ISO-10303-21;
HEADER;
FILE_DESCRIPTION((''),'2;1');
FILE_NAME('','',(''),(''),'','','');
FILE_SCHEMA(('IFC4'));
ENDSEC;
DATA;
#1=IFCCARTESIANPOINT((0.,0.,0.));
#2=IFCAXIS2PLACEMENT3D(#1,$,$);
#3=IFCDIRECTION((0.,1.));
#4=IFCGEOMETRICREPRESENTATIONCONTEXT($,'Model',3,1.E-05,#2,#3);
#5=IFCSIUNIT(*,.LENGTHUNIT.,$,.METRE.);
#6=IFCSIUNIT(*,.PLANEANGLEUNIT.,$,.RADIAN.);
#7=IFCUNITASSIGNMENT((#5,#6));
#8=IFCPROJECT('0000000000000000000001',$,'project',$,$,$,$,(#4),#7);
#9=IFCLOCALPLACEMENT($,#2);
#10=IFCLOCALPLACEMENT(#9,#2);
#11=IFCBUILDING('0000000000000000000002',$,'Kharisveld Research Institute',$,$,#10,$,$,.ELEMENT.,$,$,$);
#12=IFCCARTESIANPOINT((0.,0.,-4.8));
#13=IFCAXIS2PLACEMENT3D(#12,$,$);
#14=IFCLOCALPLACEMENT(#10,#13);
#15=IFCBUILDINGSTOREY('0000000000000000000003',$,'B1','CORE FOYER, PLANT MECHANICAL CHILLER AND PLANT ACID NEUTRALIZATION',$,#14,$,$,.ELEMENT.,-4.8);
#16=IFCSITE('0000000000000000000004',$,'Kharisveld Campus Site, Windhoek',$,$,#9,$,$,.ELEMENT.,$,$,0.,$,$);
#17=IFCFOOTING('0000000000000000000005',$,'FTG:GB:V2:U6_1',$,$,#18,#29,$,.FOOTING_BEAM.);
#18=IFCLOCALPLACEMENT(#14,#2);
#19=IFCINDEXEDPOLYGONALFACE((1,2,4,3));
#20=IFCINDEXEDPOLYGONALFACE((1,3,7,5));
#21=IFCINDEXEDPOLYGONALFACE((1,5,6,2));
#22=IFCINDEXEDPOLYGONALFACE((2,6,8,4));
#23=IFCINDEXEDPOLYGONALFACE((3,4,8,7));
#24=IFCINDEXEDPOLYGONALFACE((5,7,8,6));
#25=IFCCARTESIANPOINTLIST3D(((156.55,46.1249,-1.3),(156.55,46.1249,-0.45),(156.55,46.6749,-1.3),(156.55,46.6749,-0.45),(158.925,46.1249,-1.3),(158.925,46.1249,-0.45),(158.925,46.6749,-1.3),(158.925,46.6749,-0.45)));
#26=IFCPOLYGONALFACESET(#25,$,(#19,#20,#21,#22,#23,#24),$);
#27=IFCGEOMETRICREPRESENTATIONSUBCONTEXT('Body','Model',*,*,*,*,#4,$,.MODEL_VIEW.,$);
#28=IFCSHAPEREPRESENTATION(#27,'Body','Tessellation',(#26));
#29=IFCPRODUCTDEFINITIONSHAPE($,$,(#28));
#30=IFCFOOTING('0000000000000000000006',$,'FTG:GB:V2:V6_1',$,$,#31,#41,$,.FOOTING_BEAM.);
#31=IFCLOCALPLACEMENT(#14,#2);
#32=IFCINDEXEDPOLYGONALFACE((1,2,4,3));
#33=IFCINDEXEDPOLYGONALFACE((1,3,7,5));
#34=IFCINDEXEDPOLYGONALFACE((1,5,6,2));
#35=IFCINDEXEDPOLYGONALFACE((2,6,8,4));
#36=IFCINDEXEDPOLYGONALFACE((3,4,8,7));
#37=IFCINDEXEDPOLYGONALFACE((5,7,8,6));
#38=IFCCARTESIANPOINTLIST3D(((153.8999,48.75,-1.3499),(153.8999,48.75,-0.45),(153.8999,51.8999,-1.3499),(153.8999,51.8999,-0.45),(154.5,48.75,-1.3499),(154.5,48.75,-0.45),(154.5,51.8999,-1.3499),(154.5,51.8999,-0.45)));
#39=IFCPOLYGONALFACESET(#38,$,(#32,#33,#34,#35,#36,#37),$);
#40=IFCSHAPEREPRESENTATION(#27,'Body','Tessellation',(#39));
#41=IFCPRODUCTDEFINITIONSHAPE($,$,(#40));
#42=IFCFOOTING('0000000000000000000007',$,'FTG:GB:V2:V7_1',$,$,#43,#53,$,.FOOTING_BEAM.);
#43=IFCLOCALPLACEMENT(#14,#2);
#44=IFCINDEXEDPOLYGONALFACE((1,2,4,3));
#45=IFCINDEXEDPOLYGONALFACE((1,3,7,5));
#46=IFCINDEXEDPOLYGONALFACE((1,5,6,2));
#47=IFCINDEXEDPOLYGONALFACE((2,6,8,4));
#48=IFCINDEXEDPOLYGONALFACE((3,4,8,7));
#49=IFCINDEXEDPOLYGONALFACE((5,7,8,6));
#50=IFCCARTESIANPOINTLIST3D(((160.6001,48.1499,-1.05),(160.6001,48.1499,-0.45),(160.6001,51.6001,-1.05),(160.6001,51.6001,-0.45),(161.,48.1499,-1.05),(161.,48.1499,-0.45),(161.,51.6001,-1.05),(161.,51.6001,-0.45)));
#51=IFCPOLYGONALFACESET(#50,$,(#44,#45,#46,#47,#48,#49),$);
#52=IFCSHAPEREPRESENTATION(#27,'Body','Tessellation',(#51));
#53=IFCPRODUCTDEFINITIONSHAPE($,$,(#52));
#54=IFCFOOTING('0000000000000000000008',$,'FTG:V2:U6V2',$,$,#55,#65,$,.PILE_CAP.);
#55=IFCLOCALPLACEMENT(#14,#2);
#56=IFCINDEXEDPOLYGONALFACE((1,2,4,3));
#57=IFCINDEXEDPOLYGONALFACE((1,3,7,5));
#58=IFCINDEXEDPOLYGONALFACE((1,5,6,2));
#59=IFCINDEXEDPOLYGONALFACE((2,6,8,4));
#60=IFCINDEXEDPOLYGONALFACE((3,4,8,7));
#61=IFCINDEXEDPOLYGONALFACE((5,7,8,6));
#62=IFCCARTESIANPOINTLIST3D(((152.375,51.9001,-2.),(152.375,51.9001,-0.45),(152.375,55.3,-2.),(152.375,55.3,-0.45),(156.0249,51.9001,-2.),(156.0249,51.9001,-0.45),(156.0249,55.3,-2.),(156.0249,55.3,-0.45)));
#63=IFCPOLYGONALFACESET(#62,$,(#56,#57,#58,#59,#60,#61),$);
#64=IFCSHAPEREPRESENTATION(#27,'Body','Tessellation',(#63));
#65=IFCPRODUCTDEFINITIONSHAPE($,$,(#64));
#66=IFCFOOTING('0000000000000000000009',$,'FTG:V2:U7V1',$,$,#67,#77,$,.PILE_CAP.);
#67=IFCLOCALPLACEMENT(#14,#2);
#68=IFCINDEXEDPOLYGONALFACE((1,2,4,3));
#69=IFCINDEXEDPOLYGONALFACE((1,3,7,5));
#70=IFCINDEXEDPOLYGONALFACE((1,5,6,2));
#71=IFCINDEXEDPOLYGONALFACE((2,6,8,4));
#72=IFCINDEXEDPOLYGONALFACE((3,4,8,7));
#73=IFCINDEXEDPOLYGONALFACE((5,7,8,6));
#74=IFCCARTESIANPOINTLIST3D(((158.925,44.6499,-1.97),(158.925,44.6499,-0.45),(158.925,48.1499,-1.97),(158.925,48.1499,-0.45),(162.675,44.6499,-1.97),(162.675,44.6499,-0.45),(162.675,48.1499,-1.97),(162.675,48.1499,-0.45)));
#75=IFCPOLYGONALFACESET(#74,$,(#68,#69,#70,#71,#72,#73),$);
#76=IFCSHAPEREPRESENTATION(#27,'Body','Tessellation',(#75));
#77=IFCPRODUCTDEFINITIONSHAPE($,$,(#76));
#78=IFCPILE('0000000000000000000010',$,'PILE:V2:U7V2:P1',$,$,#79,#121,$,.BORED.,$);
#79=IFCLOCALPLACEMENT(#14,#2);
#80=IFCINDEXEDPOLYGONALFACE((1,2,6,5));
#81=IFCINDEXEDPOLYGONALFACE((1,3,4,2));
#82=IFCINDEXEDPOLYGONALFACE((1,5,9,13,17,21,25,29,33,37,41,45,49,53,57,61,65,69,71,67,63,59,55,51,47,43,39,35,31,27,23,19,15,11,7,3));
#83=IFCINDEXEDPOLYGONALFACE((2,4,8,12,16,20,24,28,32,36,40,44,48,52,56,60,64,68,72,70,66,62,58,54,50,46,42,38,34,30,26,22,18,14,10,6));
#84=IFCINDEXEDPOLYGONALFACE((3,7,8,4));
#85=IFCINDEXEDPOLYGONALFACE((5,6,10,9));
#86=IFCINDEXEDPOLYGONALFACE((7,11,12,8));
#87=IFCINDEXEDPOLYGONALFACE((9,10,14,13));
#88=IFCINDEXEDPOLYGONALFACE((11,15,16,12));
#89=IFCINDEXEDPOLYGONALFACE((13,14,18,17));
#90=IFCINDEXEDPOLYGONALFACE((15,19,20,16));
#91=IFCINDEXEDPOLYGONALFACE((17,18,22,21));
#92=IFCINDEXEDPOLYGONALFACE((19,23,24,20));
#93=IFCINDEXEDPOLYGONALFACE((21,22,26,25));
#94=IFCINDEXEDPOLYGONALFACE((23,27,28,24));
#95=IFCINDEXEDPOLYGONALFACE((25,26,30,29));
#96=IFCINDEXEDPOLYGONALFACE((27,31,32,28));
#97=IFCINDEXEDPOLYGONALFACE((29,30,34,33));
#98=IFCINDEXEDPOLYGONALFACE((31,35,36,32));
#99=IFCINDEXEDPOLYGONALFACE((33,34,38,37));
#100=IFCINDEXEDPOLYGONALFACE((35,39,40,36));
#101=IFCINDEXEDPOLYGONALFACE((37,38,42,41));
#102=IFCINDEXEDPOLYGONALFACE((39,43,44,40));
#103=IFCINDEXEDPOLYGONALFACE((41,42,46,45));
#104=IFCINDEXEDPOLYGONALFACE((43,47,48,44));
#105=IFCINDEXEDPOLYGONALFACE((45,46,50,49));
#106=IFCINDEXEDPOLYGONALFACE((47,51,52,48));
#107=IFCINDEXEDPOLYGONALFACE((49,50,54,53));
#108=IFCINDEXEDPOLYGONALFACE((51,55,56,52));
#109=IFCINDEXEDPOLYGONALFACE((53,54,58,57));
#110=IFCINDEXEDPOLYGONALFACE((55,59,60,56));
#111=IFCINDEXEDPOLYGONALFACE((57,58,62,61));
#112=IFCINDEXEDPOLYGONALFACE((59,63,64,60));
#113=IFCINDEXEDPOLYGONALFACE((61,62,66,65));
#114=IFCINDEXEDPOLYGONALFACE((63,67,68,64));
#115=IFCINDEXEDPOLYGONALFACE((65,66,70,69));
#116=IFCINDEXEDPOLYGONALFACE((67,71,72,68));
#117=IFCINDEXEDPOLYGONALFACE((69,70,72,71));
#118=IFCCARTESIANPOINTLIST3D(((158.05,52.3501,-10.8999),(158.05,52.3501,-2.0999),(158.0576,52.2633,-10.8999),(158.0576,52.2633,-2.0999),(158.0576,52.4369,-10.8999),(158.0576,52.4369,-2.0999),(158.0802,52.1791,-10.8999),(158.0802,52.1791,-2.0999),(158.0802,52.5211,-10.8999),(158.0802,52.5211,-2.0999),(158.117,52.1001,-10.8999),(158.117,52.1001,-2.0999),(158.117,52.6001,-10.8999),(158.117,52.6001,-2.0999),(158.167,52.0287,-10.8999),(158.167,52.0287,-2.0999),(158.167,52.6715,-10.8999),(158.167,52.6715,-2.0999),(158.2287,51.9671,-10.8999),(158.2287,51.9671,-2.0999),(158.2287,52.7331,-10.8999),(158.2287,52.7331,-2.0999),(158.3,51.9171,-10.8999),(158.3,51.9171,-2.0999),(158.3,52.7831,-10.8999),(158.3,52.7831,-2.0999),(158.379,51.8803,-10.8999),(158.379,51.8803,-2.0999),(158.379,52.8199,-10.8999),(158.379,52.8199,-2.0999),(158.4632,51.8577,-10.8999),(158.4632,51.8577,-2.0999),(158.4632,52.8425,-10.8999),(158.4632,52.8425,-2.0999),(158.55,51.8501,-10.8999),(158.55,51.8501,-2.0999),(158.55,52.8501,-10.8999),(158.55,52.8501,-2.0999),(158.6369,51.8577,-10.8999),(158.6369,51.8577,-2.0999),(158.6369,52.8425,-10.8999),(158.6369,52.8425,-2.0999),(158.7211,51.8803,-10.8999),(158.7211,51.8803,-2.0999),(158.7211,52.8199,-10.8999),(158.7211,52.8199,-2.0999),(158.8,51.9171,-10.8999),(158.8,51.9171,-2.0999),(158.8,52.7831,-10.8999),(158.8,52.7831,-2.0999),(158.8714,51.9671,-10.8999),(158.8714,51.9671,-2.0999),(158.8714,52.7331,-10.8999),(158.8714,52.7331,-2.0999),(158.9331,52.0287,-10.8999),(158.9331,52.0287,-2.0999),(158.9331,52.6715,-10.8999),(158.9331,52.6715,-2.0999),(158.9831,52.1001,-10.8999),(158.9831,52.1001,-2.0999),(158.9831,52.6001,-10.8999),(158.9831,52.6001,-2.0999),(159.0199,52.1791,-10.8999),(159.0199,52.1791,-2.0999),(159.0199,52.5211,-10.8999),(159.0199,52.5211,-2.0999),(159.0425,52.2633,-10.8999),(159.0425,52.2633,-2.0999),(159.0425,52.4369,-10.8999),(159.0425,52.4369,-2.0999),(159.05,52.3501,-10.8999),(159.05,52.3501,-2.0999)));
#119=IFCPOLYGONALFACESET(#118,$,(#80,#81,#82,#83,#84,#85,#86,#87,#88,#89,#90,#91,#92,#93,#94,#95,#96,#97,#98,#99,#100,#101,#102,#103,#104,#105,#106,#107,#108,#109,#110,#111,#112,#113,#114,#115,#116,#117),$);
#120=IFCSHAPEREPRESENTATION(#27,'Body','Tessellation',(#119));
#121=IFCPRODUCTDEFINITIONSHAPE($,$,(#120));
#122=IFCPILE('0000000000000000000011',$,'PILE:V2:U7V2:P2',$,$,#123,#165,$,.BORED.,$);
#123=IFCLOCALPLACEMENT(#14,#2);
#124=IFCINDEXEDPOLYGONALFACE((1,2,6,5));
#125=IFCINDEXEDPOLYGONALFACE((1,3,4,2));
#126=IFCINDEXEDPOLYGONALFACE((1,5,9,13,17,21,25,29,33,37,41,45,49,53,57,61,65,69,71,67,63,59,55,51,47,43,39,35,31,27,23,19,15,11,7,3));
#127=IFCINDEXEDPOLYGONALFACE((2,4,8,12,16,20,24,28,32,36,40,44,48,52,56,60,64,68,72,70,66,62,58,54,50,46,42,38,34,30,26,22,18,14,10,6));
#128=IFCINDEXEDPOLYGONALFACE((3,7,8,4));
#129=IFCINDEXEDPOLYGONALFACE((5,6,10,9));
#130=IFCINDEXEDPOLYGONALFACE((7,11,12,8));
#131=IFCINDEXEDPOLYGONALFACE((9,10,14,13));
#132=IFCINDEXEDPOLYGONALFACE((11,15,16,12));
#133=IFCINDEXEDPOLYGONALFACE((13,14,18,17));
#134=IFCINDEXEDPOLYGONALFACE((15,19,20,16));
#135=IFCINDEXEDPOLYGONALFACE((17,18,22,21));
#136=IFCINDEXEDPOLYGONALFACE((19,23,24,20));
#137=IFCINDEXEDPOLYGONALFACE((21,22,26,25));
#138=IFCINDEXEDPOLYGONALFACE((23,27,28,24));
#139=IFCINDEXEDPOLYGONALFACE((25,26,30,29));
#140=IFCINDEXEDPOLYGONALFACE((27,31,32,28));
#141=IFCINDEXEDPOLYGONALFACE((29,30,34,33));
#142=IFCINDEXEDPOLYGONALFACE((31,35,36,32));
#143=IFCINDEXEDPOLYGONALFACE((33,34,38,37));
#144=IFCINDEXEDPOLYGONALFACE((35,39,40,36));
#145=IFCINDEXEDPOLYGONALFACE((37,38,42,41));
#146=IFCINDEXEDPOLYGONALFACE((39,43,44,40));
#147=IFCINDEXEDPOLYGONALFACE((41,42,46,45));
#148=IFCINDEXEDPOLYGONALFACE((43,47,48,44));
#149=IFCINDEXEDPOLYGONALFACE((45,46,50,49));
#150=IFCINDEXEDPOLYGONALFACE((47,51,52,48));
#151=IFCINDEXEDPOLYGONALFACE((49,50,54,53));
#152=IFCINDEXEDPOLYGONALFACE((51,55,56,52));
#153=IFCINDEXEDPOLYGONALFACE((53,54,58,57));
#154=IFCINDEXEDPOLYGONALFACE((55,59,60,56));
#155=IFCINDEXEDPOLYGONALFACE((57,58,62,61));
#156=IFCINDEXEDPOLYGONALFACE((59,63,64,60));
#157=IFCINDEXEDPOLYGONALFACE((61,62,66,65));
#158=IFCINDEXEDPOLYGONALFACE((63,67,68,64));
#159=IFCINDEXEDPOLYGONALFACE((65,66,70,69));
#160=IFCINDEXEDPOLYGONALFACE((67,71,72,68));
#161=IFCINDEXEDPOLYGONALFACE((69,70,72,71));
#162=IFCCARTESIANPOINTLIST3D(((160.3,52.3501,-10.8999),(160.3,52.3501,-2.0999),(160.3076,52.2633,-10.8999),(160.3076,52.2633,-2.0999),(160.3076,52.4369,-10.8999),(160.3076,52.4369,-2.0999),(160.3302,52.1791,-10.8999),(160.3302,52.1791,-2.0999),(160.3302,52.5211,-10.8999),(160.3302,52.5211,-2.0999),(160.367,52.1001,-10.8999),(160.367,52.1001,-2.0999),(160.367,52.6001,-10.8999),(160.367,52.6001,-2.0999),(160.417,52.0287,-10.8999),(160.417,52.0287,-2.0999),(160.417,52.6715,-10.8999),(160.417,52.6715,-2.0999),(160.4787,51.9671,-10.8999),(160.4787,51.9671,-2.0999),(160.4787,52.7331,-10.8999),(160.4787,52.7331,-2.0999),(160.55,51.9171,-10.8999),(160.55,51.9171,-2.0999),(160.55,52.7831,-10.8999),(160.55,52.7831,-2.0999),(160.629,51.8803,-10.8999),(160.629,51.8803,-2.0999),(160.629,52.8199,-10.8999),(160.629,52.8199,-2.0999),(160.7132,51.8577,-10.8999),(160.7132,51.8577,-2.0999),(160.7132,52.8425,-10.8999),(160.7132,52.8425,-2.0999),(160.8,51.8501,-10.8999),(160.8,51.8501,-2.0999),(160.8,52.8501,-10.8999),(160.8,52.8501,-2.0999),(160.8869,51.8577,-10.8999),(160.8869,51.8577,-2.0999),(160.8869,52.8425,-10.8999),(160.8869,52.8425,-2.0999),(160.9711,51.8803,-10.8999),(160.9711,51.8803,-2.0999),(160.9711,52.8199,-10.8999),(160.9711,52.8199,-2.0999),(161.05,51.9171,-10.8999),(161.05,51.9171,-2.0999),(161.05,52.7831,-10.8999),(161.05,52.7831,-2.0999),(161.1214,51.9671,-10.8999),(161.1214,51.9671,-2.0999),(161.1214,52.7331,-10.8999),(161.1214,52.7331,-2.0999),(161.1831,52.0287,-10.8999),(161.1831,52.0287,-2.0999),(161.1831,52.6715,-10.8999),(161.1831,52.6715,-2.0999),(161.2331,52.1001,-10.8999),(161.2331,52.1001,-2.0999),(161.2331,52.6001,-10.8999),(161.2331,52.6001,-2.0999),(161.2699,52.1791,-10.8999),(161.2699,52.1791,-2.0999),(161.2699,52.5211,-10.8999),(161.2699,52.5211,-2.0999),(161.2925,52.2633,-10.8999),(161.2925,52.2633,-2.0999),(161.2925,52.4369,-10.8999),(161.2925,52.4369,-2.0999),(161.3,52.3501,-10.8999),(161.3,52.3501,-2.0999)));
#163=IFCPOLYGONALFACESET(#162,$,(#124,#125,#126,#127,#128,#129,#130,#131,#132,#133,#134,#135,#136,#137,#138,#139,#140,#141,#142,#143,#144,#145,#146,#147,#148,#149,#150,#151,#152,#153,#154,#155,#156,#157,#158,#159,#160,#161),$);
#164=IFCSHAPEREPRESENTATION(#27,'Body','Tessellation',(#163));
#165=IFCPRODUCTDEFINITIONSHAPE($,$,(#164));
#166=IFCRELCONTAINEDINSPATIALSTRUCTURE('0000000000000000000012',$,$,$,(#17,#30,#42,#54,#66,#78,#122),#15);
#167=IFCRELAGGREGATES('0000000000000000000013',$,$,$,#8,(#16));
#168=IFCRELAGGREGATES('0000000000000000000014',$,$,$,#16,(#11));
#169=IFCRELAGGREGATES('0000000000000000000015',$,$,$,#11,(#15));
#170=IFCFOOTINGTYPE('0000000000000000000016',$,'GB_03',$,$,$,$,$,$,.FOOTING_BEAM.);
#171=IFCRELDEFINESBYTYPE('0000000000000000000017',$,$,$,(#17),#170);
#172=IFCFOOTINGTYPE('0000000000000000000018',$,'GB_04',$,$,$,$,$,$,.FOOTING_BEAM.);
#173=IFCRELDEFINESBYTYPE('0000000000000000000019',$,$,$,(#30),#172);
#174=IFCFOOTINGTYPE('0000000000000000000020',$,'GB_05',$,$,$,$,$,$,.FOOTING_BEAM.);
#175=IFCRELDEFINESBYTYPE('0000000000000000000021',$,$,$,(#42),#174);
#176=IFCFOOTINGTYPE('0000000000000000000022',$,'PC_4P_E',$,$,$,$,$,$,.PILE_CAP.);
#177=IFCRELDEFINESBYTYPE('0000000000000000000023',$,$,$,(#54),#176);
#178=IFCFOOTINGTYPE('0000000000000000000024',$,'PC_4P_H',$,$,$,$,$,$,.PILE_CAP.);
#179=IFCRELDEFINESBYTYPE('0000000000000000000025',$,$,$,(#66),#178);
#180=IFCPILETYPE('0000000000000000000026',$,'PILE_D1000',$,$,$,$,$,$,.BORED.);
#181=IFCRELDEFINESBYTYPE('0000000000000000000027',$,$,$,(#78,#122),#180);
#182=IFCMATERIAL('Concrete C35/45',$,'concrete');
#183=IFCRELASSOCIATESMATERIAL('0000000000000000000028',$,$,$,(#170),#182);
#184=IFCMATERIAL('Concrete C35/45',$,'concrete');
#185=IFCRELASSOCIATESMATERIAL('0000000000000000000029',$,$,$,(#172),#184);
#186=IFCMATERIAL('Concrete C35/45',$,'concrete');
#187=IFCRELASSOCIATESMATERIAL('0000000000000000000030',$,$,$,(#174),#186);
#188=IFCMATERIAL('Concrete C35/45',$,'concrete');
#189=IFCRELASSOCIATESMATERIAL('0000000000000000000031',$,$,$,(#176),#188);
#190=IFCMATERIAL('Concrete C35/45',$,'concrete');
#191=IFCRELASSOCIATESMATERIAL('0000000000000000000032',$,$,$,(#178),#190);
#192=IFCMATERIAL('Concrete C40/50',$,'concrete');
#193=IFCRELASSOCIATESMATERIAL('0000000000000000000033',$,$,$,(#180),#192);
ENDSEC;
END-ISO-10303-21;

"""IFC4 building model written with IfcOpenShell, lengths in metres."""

from ifc_helpers import new_model, si_unit, direction, frame, origin, origin_2d, place, context, subcontext, project, spatial, rectangle, circle, extrude, material, material_profile, profile_set, type_object, element, save


model = new_model("IFC4")

# Units and contexts
model_context = context("Model", 3, precision=1e-05, world=origin(), true_north=direction((0.0, 1.0)))
body_context = subcontext(model_context, "Body", "Model", "MODEL_VIEW")
ifc_project = project(units=[si_unit("LENGTHUNIT", "METRE"), si_unit("PLANEANGLEUNIT", "RADIAN")], contexts=[model_context])

# Site, building, storey
site_placement = place(None, origin())
site = spatial("IfcSite", under=ifc_project, at=site_placement, Name="Kharisveld Campus Site, Windhoek", CompositionType="ELEMENT", RefElevation=0.0)
building_placement = place(site_placement, origin())
building = spatial("IfcBuilding", under=site, at=building_placement, Name="Kharisveld Research Institute", CompositionType="ELEMENT")
storey_placement = place(building_placement, frame((0.0, 0.0, -4.8)))
storey = spatial("IfcBuildingStorey", under=building, at=storey_placement, Name="B1", Description="CORE FOYER, PLANT MECHANICAL CHILLER AND PLANT ACID NEUTRALIZATION", CompositionType="ELEMENT", Elevation=-4.8)

# Footings
ifc_material_1 = material(Name="Concrete C35/45", Category="concrete")
ifc_material_profile_1 = material_profile(ifc_material_1, rectangle(XDim=0.55, YDim=0.8501, at=origin_2d()))
ifc_profile_set_1 = profile_set([ifc_material_profile_1], Name="Concrete C35/45")
footing_type_1 = type_object("IfcFootingType", Name="GB_03", PredefinedType="FOOTING_BEAM", material=ifc_profile_set_1)
footing_1_placement = place(storey_placement, frame((156.55, 46.3999, -0.875), z_axis=(1.0, 0.0, 0.0), x_axis=(0.0, 1.0, 0.0)))
element("IfcFooting", 1, at=footing_1_placement, inside=storey, type_object=footing_type_1, Name="FTG:GB:V2:U6_1", PredefinedType="FOOTING_BEAM", context=body_context, shape_type="SweptSolid", body=[
    extrude(rectangle(XDim=0.55, YDim=0.8501, at=origin_2d()), origin(), (0.0, 0.0, 1.0), 2.375),
])
ifc_material_2 = material(Name="Concrete C35/45", Category="concrete")
ifc_material_profile_2 = material_profile(ifc_material_2, rectangle(XDim=0.6001, YDim=0.8999, at=origin_2d()))
ifc_profile_set_2 = profile_set([ifc_material_profile_2], Name="Concrete C35/45")
footing_type_2 = type_object("IfcFootingType", Name="GB_04", PredefinedType="FOOTING_BEAM", material=ifc_profile_set_2)
footing_2_placement = place(storey_placement, frame((154.2, 48.75, -0.8999), z_axis=(0.0, 1.0, 0.0), x_axis=(-1.0, 0.0, 0.0)))
element("IfcFooting", 2, at=footing_2_placement, inside=storey, type_object=footing_type_2, Name="FTG:GB:V2:V6_1", PredefinedType="FOOTING_BEAM", context=body_context, shape_type="SweptSolid", body=[
    extrude(rectangle(XDim=0.6001, YDim=0.8999, at=origin_2d()), origin(), (0.0, 0.0, 1.0), 3.1499),
])
ifc_material_3 = material(Name="Concrete C35/45", Category="concrete")
ifc_material_profile_3 = material_profile(ifc_material_3, rectangle(XDim=0.3999, YDim=0.6001, at=origin_2d()))
ifc_profile_set_3 = profile_set([ifc_material_profile_3], Name="Concrete C35/45")
footing_type_3 = type_object("IfcFootingType", Name="GB_05", PredefinedType="FOOTING_BEAM", material=ifc_profile_set_3)
footing_3_placement = place(storey_placement, frame((160.8, 48.1499, -0.75), z_axis=(0.0, 1.0, 0.0), x_axis=(-1.0, 0.0, 0.0)))
element("IfcFooting", 3, at=footing_3_placement, inside=storey, type_object=footing_type_3, Name="FTG:GB:V2:V7_1", PredefinedType="FOOTING_BEAM", context=body_context, shape_type="SweptSolid", body=[
    extrude(rectangle(XDim=0.3999, YDim=0.6001, at=origin_2d()), origin(), (0.0, 0.0, 1.0), 3.4502),
])
ifc_material_4 = material(Name="Concrete C35/45", Category="concrete")
footing_type_4 = type_object("IfcFootingType", Name="PC_4P_E", PredefinedType="PILE_CAP", material=ifc_material_4)
footing_4_placement = place(storey_placement, frame((154.2, 53.6001, -2.0), z_axis=(0.0, 0.0, 1.0), x_axis=(1.0, 0.0, 0.0)))
element("IfcFooting", 4, at=footing_4_placement, inside=storey, type_object=footing_type_4, Name="FTG:V2:U6V2", PredefinedType="PILE_CAP", context=body_context, shape_type="SweptSolid", body=[
    extrude(rectangle(XDim=3.6499, YDim=3.3999, at=origin_2d()), origin(), (0.0, 0.0, 1.0), 1.55),
])
ifc_material_5 = material(Name="Concrete C35/45", Category="concrete")
footing_type_5 = type_object("IfcFootingType", Name="PC_4P_H", PredefinedType="PILE_CAP", material=ifc_material_5)
footing_5_placement = place(storey_placement, frame((160.8, 46.3999, -1.97), z_axis=(0.0, 0.0, 1.0), x_axis=(1.0, 0.0, 0.0)))
element("IfcFooting", 5, at=footing_5_placement, inside=storey, type_object=footing_type_5, Name="FTG:V2:U7V1", PredefinedType="PILE_CAP", context=body_context, shape_type="SweptSolid", body=[
    extrude(rectangle(XDim=3.75, YDim=3.5, at=origin_2d()), origin(), (0.0, 0.0, 1.0), 1.52),
])

# Piles
ifc_material_6 = material(Name="Concrete C40/50", Category="concrete")
ifc_material_profile_4 = material_profile(ifc_material_6, circle(Radius=0.5, at=origin_2d()))
ifc_profile_set_4 = profile_set([ifc_material_profile_4], Name="Concrete C40/50")
pile_type_1 = type_object("IfcPileType", Name="PILE_D1000", PredefinedType="BORED", material=ifc_profile_set_4)
for number, where, z_axis, x_axis, name in (
    (6, (158.55, 52.3501, -2.0999), (0.0, 0.0, -1.0), (1.0, 0.0, 0.0), "PILE:V2:U7V2:P1"),
    (7, (160.8, 52.3501, -2.0999), (0.0, 0.0, -1.0), (1.0, 0.0, 0.0), "PILE:V2:U7V2:P2"),
):
    element("IfcPile", number, at=place(storey_placement, frame(where, z_axis=z_axis, x_axis=x_axis)), inside=storey, type_object=pile_type_1, Name=name, PredefinedType="BORED", context=body_context, shape_type="SweptSolid", body=[
        extrude(circle(Radius=0.5, at=origin_2d()), origin(), (0.0, 0.0, 1.0), 8.8),
    ])

save(model, "model.ifc")
